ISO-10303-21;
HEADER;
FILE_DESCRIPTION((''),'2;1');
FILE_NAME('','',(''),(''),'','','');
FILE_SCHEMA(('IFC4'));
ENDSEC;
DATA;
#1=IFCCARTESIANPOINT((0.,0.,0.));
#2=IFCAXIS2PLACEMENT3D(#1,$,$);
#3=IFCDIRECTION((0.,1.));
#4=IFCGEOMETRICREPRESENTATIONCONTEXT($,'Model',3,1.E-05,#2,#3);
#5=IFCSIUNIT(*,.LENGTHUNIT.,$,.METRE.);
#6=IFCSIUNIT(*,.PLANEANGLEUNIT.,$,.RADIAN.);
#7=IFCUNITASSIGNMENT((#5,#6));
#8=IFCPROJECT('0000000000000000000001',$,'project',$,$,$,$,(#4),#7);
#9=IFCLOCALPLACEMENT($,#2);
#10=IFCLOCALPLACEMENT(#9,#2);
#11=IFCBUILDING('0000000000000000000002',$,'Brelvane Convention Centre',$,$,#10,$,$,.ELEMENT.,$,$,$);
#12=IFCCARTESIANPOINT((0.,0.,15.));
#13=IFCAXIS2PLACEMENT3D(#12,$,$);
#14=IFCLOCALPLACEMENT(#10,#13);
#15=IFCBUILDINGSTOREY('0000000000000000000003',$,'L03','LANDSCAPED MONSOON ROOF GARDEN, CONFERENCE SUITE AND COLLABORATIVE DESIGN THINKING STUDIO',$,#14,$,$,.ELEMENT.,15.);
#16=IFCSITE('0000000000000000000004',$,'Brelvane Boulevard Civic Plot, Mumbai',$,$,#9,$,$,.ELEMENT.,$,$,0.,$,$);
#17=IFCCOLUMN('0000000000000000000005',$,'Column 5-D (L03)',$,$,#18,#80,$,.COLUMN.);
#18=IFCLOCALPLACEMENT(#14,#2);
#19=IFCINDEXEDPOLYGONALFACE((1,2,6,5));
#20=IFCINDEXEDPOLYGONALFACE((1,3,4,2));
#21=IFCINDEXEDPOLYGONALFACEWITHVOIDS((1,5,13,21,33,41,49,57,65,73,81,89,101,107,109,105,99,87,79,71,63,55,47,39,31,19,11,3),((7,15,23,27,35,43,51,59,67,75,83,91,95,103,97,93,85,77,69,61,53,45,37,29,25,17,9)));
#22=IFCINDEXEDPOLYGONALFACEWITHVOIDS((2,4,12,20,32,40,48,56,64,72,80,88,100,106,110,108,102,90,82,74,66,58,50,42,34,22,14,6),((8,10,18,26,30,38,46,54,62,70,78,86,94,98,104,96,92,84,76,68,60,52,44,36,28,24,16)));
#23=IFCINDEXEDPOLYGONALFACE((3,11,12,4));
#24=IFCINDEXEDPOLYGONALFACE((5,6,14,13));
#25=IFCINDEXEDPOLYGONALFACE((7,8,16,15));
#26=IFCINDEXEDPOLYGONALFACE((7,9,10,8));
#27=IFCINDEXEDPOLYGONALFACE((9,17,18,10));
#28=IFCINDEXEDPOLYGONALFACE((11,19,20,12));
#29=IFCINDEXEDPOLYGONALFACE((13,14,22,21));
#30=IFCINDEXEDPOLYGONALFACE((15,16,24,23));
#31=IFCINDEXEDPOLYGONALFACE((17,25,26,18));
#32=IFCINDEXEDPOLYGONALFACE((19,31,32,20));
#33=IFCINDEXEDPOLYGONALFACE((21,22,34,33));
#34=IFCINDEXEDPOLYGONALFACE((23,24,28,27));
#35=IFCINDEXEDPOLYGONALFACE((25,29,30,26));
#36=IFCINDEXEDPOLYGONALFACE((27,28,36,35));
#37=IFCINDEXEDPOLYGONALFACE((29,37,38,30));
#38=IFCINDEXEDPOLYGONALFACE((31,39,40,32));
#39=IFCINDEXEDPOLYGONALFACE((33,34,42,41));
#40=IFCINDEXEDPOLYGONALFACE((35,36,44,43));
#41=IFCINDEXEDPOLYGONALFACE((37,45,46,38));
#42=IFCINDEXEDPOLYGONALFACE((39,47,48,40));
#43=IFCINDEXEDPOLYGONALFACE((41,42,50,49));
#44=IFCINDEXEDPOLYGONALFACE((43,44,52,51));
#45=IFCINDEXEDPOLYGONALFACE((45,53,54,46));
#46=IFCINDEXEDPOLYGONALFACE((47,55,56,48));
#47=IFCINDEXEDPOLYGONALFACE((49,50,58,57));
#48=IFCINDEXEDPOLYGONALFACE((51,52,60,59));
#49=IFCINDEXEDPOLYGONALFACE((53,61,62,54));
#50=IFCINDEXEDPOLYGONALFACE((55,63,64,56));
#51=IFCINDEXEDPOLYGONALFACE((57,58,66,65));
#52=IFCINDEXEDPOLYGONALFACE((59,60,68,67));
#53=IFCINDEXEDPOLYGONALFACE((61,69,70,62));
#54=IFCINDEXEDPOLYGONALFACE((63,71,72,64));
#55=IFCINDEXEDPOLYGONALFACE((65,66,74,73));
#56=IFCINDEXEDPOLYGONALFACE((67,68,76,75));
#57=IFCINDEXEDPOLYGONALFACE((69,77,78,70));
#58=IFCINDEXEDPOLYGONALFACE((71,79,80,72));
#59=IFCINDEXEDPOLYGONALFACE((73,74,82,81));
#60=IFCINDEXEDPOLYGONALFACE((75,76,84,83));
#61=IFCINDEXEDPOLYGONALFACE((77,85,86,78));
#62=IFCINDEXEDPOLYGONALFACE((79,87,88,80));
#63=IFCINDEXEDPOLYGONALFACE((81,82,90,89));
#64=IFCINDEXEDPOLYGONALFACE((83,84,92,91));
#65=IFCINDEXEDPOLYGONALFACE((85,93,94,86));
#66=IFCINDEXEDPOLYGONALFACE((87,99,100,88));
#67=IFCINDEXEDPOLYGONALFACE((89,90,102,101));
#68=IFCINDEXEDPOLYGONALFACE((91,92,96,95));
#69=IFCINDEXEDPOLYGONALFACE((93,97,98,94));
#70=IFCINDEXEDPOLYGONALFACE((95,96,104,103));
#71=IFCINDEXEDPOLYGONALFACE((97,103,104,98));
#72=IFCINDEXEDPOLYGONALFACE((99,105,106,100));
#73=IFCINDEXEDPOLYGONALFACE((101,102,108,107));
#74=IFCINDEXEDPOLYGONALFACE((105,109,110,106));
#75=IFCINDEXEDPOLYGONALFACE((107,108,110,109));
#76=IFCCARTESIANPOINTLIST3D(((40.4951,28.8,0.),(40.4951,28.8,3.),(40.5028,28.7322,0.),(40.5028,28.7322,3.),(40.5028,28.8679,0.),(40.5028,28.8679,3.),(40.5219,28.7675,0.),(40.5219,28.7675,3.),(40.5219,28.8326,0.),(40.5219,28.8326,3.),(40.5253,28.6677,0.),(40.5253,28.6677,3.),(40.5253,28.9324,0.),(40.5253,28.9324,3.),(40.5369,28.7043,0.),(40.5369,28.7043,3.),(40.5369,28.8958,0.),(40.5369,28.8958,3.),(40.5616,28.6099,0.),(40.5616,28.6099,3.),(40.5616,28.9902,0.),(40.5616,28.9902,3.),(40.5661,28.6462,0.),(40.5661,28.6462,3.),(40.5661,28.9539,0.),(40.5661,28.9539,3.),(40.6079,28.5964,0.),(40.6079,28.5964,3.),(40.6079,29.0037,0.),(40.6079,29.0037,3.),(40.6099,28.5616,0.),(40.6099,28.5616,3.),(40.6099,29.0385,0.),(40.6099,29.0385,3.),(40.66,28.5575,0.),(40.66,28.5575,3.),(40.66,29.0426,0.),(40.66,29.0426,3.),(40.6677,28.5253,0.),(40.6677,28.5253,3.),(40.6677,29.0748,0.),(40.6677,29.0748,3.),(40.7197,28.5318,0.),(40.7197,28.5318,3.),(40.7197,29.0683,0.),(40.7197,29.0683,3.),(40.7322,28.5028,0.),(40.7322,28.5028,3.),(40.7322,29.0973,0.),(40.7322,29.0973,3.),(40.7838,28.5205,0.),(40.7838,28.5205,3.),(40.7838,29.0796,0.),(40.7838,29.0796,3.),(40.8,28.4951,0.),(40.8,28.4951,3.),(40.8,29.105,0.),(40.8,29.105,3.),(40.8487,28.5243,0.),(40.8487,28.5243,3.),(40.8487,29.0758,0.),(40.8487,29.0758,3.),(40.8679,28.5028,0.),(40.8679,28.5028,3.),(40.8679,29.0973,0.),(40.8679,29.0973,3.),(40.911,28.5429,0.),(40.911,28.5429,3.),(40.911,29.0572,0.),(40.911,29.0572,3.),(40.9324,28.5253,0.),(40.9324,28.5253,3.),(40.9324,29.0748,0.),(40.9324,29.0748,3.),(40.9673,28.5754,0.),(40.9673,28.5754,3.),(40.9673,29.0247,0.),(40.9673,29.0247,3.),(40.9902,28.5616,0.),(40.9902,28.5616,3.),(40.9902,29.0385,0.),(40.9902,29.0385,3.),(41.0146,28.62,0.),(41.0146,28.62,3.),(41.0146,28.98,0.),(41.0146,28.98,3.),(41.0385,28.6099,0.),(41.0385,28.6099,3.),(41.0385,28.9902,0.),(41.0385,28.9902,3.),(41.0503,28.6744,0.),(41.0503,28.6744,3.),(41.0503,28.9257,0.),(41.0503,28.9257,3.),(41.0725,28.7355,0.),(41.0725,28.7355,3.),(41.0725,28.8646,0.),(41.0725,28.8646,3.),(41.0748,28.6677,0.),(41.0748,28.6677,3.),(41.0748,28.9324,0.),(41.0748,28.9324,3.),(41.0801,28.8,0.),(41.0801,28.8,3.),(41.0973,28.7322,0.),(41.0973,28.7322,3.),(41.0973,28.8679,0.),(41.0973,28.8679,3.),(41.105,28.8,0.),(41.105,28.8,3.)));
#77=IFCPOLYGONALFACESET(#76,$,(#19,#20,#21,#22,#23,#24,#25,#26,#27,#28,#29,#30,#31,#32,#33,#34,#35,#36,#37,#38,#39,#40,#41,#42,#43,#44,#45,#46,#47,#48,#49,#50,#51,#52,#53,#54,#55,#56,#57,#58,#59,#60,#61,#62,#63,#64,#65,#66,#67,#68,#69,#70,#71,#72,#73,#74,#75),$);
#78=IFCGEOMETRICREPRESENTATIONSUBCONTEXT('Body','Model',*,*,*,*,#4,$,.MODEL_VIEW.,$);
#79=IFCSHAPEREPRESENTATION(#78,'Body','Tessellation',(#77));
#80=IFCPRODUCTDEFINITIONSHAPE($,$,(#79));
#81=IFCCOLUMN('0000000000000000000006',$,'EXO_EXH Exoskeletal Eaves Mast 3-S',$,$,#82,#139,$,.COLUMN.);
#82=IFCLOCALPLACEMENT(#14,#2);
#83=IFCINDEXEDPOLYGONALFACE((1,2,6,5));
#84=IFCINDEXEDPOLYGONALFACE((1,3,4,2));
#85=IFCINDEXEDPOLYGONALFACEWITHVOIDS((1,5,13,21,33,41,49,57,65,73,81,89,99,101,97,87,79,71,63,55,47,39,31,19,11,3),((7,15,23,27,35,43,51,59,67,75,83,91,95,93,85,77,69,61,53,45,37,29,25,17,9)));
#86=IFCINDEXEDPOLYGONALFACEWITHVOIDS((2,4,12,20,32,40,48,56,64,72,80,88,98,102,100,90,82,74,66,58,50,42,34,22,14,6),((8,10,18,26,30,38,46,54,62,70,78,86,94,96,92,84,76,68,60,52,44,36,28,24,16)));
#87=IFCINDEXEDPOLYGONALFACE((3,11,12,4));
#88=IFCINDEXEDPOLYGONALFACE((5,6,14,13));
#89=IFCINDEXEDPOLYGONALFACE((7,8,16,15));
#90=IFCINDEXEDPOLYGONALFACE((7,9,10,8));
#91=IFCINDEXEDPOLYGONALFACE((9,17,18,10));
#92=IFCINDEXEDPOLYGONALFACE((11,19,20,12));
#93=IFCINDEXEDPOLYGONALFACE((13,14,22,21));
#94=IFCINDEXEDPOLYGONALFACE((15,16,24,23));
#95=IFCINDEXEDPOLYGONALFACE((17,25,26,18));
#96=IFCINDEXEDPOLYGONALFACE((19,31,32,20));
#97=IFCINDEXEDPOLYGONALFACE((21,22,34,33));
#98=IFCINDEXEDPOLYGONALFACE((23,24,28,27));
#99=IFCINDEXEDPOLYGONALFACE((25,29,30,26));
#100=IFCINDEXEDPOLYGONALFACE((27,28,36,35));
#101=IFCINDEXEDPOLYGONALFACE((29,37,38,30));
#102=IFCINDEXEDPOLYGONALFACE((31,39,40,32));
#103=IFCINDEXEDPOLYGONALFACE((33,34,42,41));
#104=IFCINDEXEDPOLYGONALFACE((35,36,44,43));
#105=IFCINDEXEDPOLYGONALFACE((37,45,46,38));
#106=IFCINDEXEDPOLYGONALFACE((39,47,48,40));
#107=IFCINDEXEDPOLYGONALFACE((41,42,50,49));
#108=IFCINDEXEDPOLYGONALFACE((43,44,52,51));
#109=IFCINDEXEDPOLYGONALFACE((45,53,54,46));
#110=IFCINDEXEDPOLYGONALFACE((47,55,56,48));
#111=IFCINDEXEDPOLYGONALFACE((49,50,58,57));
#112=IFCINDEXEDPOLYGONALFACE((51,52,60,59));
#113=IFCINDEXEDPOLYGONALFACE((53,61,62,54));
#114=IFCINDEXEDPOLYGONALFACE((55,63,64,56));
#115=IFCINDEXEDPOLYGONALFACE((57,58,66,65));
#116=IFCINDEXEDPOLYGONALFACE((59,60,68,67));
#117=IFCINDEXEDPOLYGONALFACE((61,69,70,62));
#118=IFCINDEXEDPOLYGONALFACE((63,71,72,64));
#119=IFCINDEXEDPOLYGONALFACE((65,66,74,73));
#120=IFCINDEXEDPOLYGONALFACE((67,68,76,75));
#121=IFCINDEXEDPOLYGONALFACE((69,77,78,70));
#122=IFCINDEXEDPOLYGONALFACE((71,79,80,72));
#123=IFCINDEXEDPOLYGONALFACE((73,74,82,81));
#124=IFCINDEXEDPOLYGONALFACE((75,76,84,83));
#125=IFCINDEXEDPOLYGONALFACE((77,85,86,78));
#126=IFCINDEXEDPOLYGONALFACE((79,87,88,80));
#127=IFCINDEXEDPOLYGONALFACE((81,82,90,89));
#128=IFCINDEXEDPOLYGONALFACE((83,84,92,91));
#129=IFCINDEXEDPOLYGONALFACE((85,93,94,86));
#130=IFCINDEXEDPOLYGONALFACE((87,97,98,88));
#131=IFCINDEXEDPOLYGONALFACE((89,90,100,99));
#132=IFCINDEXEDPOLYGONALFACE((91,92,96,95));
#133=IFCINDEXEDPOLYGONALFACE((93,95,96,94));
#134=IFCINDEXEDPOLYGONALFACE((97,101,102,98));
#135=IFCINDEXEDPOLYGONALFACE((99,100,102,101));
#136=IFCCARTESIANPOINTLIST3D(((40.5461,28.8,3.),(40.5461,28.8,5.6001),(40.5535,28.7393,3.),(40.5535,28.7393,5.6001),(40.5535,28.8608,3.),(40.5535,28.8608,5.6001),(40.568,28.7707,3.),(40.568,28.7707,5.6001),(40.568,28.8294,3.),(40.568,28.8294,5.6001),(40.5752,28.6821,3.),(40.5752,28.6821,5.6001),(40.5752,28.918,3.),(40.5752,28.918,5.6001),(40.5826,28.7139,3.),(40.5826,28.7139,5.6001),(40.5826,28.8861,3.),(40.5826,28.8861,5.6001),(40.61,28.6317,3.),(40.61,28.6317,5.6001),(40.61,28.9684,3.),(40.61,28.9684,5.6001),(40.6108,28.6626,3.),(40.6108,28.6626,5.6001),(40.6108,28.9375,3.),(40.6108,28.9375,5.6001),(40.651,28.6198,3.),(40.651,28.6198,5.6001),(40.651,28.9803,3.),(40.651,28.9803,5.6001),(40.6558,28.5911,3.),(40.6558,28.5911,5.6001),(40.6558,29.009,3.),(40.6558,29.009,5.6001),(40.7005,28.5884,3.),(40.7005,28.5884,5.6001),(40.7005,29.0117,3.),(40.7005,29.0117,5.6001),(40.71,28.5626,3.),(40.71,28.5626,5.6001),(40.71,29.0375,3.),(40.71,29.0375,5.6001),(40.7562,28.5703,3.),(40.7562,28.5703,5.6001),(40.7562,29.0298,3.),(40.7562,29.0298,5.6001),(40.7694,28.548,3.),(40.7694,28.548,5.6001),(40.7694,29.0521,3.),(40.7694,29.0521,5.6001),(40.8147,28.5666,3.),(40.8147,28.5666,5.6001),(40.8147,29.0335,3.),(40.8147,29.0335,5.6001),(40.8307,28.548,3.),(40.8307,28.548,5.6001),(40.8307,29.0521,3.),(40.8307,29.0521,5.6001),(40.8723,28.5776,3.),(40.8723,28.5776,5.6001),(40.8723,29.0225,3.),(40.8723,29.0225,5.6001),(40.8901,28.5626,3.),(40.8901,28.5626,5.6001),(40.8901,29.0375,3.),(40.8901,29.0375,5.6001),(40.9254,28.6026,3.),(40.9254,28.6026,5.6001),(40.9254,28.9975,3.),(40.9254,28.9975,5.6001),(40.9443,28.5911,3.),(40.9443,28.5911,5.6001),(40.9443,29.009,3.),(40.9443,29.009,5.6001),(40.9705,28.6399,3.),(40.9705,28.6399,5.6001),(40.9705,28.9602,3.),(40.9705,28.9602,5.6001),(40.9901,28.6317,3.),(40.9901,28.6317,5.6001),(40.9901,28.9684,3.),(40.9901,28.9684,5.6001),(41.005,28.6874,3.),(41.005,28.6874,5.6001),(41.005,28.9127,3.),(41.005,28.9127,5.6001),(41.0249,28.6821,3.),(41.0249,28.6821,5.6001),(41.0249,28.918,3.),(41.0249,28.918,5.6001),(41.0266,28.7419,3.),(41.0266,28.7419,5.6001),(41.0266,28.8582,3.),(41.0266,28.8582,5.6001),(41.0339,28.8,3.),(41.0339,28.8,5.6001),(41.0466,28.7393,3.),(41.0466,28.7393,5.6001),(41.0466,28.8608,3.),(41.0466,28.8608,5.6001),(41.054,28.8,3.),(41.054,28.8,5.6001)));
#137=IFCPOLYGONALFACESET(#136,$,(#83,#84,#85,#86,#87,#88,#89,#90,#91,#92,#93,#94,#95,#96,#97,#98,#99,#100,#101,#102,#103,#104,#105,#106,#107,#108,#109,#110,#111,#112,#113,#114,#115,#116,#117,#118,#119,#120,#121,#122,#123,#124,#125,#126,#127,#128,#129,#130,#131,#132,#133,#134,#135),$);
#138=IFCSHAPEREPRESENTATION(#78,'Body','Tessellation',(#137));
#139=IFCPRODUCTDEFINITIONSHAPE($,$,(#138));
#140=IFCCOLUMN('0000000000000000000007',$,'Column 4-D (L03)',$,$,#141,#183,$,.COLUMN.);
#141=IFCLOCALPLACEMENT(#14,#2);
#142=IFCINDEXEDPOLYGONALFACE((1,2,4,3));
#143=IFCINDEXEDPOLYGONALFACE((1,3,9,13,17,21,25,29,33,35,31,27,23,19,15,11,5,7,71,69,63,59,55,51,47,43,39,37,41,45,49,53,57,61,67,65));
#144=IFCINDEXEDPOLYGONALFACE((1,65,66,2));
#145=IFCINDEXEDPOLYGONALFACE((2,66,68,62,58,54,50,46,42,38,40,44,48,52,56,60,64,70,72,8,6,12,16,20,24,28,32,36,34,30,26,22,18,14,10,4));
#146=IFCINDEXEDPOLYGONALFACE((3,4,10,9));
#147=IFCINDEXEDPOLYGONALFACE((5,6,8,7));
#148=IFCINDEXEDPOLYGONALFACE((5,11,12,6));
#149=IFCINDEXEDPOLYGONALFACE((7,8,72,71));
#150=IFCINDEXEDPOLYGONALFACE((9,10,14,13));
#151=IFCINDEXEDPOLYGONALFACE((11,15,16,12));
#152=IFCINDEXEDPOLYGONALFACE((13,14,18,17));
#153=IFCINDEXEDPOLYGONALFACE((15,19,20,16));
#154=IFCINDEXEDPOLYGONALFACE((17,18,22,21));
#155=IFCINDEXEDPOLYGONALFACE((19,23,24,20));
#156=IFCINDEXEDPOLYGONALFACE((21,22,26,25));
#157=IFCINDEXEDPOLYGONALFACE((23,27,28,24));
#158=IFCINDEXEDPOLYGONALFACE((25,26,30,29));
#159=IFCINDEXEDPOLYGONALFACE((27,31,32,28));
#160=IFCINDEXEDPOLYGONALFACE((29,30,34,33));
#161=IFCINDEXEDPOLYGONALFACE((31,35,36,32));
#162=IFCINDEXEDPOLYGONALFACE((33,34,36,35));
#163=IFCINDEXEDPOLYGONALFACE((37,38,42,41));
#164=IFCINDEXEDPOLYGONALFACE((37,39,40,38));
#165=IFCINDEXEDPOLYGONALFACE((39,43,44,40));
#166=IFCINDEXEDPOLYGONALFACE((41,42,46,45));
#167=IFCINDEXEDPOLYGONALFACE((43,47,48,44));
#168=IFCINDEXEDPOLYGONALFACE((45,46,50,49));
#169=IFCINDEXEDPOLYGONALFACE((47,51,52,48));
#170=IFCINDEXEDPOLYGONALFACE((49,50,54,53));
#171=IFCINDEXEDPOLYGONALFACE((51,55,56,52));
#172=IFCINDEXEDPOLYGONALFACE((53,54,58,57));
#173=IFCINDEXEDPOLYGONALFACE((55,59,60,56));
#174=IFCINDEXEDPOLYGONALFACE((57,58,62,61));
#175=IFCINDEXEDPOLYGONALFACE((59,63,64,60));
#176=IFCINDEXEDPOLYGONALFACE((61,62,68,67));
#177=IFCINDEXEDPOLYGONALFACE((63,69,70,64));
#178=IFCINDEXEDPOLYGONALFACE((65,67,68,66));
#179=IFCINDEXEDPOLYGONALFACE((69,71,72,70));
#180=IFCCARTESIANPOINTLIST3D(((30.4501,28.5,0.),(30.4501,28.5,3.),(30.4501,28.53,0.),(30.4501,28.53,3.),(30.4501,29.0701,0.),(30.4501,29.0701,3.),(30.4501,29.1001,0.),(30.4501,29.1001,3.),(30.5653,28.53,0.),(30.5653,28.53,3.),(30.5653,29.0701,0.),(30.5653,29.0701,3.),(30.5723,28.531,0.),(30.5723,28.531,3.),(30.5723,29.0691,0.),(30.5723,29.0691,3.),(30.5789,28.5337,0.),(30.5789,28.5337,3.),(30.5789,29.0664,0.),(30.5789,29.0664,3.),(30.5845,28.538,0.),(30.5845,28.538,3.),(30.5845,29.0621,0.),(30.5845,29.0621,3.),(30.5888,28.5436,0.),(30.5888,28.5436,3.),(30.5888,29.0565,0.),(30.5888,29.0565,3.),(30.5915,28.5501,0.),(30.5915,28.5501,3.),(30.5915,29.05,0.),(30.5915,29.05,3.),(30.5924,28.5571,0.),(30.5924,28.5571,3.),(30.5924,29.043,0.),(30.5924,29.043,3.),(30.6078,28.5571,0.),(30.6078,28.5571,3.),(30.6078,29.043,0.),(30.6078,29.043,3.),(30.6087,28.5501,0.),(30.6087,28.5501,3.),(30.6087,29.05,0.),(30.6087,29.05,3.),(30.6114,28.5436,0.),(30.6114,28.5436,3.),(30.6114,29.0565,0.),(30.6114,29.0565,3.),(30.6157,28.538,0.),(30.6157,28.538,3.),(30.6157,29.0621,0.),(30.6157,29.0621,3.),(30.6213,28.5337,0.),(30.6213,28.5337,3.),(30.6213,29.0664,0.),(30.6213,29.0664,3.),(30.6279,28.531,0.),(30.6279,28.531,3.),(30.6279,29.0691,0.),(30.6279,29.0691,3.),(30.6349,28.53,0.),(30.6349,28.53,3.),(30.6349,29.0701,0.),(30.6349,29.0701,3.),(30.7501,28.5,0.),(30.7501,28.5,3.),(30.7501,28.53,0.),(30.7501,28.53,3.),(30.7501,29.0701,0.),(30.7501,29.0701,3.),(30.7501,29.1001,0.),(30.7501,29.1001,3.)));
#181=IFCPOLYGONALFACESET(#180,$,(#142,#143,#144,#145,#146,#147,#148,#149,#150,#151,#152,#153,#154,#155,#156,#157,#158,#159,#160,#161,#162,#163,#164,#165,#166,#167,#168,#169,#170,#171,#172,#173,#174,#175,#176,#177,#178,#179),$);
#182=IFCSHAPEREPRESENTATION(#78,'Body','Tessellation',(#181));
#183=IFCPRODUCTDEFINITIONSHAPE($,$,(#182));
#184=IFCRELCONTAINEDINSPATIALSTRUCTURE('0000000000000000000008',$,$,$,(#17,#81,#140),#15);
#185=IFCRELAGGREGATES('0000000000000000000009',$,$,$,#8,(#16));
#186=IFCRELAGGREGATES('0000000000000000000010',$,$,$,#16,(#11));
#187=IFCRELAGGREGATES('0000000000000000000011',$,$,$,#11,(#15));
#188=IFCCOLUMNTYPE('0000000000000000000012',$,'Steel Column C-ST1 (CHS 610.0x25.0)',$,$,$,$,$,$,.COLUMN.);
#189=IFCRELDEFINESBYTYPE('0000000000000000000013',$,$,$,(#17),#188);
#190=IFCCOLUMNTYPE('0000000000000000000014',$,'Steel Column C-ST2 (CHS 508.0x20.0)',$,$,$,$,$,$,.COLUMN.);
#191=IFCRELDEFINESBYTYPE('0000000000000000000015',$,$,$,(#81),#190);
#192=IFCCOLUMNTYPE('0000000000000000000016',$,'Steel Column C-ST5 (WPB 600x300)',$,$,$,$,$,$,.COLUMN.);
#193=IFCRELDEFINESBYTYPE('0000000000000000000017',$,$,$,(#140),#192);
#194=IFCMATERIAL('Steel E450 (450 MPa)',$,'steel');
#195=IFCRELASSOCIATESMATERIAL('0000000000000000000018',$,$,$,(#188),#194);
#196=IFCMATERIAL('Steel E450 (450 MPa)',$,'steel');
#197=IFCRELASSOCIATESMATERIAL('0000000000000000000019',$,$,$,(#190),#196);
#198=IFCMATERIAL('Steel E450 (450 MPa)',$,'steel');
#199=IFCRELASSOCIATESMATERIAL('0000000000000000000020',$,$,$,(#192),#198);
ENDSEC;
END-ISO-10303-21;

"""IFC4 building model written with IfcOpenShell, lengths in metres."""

from ifc_helpers import new_model, si_unit, direction, frame, origin, origin_2d, place, context, subcontext, project, spatial, hollow_circle, i_section, extrude, material, material_profile, profile_set, type_object, element, save


model = new_model("IFC4")

# Units and contexts
model_context = context("Model", 3, precision=1e-05, world=origin(), true_north=direction((0.0, 1.0)))
body_context = subcontext(model_context, "Body", "Model", "MODEL_VIEW")
ifc_project = project(units=[si_unit("LENGTHUNIT", "METRE"), si_unit("PLANEANGLEUNIT", "RADIAN")], contexts=[model_context])

# Site, building, storey
site_placement = place(None, origin())
site = spatial("IfcSite", under=ifc_project, at=site_placement, Name="Brelvane Boulevard Civic Plot, Mumbai", CompositionType="ELEMENT", RefElevation=0.0)
building_placement = place(site_placement, origin())
building = spatial("IfcBuilding", under=site, at=building_placement, Name="Brelvane Convention Centre", CompositionType="ELEMENT")
storey_placement = place(building_placement, frame((0.0, 0.0, 15.0)))
storey = spatial("IfcBuildingStorey", under=building, at=storey_placement, Name="L03", Description="LANDSCAPED MONSOON ROOF GARDEN, CONFERENCE SUITE AND COLLABORATIVE DESIGN THINKING STUDIO", CompositionType="ELEMENT", Elevation=15.0)

# Columns
ifc_material_1 = material(Name="Steel E450 (450 MPa)", Category="steel")
ifc_material_profile_1 = material_profile(ifc_material_1, hollow_circle(Radius=0.3049, WallThickness=0.0249, at=origin_2d()), Name="CHS 610.0x25.0")
ifc_profile_set_1 = profile_set([ifc_material_profile_1], Name="Steel E450 (450 MPa)")
column_type_1 = type_object("IfcColumnType", Name="Steel Column C-ST1 (CHS 610.0x25.0)", PredefinedType="COLUMN", material=ifc_profile_set_1)
column_1_placement = place(storey_placement, frame((40.8, 28.8, 0.0), z_axis=(0.0, 0.0, 1.0), x_axis=(1.0, 0.0, 0.0)))
element("IfcColumn", 1, at=column_1_placement, inside=storey, type_object=column_type_1, Name="Column 5-D (L03)", PredefinedType="COLUMN", context=body_context, shape_type="SweptSolid", body=[
    extrude(hollow_circle(Radius=0.3049, WallThickness=0.0249, at=origin_2d()), origin(), (0.0, 0.0, 1.0), 3.0),
])
ifc_material_2 = material(Name="Steel E450 (450 MPa)", Category="steel")
ifc_material_profile_2 = material_profile(ifc_material_2, hollow_circle(Radius=0.2539, WallThickness=0.02, at=origin_2d()), Name="CHS 508.0x20.0")
ifc_profile_set_2 = profile_set([ifc_material_profile_2], Name="Steel E450 (450 MPa)")
column_type_2 = type_object("IfcColumnType", Name="Steel Column C-ST2 (CHS 508.0x20.0)", PredefinedType="COLUMN", material=ifc_profile_set_2)
column_2_placement = place(storey_placement, frame((40.8, 28.8, 3.0), z_axis=(0.0, 0.0, 1.0), x_axis=(1.0, 0.0, 0.0)))
element("IfcColumn", 2, at=column_2_placement, inside=storey, type_object=column_type_2, Name="EXO_EXH Exoskeletal Eaves Mast 3-S", PredefinedType="COLUMN", context=body_context, shape_type="SweptSolid", body=[
    extrude(hollow_circle(Radius=0.2539, WallThickness=0.02, at=origin_2d()), origin(), (0.0, 0.0, 1.0), 2.6001),
])
ifc_material_3 = material(Name="Steel E450 (450 MPa)", Category="steel")
ifc_material_profile_3 = material_profile(ifc_material_3, i_section(OverallWidth=0.3, OverallDepth=0.6001, WebThickness=0.0154, FlangeThickness=0.03, FilletRadius=0.0271, at=origin_2d()), Name="WPB 600x300")
ifc_profile_set_3 = profile_set([ifc_material_profile_3], Name="Steel E450 (450 MPa)")
column_type_3 = type_object("IfcColumnType", Name="Steel Column C-ST5 (WPB 600x300)", PredefinedType="COLUMN", material=ifc_profile_set_3)
column_3_placement = place(storey_placement, frame((30.6001, 28.8, 0.0), z_axis=(0.0, 0.0, 1.0), x_axis=(1.0, 0.0, 0.0)))
element("IfcColumn", 3, at=column_3_placement, inside=storey, type_object=column_type_3, Name="Column 4-D (L03)", PredefinedType="COLUMN", context=body_context, shape_type="SweptSolid", body=[
    extrude(i_section(OverallWidth=0.3, OverallDepth=0.6001, WebThickness=0.0154, FlangeThickness=0.03, FilletRadius=0.0271, at=origin_2d()), origin(), (0.0, 0.0, 1.0), 3.0),
])

save(model, "model.ifc")
